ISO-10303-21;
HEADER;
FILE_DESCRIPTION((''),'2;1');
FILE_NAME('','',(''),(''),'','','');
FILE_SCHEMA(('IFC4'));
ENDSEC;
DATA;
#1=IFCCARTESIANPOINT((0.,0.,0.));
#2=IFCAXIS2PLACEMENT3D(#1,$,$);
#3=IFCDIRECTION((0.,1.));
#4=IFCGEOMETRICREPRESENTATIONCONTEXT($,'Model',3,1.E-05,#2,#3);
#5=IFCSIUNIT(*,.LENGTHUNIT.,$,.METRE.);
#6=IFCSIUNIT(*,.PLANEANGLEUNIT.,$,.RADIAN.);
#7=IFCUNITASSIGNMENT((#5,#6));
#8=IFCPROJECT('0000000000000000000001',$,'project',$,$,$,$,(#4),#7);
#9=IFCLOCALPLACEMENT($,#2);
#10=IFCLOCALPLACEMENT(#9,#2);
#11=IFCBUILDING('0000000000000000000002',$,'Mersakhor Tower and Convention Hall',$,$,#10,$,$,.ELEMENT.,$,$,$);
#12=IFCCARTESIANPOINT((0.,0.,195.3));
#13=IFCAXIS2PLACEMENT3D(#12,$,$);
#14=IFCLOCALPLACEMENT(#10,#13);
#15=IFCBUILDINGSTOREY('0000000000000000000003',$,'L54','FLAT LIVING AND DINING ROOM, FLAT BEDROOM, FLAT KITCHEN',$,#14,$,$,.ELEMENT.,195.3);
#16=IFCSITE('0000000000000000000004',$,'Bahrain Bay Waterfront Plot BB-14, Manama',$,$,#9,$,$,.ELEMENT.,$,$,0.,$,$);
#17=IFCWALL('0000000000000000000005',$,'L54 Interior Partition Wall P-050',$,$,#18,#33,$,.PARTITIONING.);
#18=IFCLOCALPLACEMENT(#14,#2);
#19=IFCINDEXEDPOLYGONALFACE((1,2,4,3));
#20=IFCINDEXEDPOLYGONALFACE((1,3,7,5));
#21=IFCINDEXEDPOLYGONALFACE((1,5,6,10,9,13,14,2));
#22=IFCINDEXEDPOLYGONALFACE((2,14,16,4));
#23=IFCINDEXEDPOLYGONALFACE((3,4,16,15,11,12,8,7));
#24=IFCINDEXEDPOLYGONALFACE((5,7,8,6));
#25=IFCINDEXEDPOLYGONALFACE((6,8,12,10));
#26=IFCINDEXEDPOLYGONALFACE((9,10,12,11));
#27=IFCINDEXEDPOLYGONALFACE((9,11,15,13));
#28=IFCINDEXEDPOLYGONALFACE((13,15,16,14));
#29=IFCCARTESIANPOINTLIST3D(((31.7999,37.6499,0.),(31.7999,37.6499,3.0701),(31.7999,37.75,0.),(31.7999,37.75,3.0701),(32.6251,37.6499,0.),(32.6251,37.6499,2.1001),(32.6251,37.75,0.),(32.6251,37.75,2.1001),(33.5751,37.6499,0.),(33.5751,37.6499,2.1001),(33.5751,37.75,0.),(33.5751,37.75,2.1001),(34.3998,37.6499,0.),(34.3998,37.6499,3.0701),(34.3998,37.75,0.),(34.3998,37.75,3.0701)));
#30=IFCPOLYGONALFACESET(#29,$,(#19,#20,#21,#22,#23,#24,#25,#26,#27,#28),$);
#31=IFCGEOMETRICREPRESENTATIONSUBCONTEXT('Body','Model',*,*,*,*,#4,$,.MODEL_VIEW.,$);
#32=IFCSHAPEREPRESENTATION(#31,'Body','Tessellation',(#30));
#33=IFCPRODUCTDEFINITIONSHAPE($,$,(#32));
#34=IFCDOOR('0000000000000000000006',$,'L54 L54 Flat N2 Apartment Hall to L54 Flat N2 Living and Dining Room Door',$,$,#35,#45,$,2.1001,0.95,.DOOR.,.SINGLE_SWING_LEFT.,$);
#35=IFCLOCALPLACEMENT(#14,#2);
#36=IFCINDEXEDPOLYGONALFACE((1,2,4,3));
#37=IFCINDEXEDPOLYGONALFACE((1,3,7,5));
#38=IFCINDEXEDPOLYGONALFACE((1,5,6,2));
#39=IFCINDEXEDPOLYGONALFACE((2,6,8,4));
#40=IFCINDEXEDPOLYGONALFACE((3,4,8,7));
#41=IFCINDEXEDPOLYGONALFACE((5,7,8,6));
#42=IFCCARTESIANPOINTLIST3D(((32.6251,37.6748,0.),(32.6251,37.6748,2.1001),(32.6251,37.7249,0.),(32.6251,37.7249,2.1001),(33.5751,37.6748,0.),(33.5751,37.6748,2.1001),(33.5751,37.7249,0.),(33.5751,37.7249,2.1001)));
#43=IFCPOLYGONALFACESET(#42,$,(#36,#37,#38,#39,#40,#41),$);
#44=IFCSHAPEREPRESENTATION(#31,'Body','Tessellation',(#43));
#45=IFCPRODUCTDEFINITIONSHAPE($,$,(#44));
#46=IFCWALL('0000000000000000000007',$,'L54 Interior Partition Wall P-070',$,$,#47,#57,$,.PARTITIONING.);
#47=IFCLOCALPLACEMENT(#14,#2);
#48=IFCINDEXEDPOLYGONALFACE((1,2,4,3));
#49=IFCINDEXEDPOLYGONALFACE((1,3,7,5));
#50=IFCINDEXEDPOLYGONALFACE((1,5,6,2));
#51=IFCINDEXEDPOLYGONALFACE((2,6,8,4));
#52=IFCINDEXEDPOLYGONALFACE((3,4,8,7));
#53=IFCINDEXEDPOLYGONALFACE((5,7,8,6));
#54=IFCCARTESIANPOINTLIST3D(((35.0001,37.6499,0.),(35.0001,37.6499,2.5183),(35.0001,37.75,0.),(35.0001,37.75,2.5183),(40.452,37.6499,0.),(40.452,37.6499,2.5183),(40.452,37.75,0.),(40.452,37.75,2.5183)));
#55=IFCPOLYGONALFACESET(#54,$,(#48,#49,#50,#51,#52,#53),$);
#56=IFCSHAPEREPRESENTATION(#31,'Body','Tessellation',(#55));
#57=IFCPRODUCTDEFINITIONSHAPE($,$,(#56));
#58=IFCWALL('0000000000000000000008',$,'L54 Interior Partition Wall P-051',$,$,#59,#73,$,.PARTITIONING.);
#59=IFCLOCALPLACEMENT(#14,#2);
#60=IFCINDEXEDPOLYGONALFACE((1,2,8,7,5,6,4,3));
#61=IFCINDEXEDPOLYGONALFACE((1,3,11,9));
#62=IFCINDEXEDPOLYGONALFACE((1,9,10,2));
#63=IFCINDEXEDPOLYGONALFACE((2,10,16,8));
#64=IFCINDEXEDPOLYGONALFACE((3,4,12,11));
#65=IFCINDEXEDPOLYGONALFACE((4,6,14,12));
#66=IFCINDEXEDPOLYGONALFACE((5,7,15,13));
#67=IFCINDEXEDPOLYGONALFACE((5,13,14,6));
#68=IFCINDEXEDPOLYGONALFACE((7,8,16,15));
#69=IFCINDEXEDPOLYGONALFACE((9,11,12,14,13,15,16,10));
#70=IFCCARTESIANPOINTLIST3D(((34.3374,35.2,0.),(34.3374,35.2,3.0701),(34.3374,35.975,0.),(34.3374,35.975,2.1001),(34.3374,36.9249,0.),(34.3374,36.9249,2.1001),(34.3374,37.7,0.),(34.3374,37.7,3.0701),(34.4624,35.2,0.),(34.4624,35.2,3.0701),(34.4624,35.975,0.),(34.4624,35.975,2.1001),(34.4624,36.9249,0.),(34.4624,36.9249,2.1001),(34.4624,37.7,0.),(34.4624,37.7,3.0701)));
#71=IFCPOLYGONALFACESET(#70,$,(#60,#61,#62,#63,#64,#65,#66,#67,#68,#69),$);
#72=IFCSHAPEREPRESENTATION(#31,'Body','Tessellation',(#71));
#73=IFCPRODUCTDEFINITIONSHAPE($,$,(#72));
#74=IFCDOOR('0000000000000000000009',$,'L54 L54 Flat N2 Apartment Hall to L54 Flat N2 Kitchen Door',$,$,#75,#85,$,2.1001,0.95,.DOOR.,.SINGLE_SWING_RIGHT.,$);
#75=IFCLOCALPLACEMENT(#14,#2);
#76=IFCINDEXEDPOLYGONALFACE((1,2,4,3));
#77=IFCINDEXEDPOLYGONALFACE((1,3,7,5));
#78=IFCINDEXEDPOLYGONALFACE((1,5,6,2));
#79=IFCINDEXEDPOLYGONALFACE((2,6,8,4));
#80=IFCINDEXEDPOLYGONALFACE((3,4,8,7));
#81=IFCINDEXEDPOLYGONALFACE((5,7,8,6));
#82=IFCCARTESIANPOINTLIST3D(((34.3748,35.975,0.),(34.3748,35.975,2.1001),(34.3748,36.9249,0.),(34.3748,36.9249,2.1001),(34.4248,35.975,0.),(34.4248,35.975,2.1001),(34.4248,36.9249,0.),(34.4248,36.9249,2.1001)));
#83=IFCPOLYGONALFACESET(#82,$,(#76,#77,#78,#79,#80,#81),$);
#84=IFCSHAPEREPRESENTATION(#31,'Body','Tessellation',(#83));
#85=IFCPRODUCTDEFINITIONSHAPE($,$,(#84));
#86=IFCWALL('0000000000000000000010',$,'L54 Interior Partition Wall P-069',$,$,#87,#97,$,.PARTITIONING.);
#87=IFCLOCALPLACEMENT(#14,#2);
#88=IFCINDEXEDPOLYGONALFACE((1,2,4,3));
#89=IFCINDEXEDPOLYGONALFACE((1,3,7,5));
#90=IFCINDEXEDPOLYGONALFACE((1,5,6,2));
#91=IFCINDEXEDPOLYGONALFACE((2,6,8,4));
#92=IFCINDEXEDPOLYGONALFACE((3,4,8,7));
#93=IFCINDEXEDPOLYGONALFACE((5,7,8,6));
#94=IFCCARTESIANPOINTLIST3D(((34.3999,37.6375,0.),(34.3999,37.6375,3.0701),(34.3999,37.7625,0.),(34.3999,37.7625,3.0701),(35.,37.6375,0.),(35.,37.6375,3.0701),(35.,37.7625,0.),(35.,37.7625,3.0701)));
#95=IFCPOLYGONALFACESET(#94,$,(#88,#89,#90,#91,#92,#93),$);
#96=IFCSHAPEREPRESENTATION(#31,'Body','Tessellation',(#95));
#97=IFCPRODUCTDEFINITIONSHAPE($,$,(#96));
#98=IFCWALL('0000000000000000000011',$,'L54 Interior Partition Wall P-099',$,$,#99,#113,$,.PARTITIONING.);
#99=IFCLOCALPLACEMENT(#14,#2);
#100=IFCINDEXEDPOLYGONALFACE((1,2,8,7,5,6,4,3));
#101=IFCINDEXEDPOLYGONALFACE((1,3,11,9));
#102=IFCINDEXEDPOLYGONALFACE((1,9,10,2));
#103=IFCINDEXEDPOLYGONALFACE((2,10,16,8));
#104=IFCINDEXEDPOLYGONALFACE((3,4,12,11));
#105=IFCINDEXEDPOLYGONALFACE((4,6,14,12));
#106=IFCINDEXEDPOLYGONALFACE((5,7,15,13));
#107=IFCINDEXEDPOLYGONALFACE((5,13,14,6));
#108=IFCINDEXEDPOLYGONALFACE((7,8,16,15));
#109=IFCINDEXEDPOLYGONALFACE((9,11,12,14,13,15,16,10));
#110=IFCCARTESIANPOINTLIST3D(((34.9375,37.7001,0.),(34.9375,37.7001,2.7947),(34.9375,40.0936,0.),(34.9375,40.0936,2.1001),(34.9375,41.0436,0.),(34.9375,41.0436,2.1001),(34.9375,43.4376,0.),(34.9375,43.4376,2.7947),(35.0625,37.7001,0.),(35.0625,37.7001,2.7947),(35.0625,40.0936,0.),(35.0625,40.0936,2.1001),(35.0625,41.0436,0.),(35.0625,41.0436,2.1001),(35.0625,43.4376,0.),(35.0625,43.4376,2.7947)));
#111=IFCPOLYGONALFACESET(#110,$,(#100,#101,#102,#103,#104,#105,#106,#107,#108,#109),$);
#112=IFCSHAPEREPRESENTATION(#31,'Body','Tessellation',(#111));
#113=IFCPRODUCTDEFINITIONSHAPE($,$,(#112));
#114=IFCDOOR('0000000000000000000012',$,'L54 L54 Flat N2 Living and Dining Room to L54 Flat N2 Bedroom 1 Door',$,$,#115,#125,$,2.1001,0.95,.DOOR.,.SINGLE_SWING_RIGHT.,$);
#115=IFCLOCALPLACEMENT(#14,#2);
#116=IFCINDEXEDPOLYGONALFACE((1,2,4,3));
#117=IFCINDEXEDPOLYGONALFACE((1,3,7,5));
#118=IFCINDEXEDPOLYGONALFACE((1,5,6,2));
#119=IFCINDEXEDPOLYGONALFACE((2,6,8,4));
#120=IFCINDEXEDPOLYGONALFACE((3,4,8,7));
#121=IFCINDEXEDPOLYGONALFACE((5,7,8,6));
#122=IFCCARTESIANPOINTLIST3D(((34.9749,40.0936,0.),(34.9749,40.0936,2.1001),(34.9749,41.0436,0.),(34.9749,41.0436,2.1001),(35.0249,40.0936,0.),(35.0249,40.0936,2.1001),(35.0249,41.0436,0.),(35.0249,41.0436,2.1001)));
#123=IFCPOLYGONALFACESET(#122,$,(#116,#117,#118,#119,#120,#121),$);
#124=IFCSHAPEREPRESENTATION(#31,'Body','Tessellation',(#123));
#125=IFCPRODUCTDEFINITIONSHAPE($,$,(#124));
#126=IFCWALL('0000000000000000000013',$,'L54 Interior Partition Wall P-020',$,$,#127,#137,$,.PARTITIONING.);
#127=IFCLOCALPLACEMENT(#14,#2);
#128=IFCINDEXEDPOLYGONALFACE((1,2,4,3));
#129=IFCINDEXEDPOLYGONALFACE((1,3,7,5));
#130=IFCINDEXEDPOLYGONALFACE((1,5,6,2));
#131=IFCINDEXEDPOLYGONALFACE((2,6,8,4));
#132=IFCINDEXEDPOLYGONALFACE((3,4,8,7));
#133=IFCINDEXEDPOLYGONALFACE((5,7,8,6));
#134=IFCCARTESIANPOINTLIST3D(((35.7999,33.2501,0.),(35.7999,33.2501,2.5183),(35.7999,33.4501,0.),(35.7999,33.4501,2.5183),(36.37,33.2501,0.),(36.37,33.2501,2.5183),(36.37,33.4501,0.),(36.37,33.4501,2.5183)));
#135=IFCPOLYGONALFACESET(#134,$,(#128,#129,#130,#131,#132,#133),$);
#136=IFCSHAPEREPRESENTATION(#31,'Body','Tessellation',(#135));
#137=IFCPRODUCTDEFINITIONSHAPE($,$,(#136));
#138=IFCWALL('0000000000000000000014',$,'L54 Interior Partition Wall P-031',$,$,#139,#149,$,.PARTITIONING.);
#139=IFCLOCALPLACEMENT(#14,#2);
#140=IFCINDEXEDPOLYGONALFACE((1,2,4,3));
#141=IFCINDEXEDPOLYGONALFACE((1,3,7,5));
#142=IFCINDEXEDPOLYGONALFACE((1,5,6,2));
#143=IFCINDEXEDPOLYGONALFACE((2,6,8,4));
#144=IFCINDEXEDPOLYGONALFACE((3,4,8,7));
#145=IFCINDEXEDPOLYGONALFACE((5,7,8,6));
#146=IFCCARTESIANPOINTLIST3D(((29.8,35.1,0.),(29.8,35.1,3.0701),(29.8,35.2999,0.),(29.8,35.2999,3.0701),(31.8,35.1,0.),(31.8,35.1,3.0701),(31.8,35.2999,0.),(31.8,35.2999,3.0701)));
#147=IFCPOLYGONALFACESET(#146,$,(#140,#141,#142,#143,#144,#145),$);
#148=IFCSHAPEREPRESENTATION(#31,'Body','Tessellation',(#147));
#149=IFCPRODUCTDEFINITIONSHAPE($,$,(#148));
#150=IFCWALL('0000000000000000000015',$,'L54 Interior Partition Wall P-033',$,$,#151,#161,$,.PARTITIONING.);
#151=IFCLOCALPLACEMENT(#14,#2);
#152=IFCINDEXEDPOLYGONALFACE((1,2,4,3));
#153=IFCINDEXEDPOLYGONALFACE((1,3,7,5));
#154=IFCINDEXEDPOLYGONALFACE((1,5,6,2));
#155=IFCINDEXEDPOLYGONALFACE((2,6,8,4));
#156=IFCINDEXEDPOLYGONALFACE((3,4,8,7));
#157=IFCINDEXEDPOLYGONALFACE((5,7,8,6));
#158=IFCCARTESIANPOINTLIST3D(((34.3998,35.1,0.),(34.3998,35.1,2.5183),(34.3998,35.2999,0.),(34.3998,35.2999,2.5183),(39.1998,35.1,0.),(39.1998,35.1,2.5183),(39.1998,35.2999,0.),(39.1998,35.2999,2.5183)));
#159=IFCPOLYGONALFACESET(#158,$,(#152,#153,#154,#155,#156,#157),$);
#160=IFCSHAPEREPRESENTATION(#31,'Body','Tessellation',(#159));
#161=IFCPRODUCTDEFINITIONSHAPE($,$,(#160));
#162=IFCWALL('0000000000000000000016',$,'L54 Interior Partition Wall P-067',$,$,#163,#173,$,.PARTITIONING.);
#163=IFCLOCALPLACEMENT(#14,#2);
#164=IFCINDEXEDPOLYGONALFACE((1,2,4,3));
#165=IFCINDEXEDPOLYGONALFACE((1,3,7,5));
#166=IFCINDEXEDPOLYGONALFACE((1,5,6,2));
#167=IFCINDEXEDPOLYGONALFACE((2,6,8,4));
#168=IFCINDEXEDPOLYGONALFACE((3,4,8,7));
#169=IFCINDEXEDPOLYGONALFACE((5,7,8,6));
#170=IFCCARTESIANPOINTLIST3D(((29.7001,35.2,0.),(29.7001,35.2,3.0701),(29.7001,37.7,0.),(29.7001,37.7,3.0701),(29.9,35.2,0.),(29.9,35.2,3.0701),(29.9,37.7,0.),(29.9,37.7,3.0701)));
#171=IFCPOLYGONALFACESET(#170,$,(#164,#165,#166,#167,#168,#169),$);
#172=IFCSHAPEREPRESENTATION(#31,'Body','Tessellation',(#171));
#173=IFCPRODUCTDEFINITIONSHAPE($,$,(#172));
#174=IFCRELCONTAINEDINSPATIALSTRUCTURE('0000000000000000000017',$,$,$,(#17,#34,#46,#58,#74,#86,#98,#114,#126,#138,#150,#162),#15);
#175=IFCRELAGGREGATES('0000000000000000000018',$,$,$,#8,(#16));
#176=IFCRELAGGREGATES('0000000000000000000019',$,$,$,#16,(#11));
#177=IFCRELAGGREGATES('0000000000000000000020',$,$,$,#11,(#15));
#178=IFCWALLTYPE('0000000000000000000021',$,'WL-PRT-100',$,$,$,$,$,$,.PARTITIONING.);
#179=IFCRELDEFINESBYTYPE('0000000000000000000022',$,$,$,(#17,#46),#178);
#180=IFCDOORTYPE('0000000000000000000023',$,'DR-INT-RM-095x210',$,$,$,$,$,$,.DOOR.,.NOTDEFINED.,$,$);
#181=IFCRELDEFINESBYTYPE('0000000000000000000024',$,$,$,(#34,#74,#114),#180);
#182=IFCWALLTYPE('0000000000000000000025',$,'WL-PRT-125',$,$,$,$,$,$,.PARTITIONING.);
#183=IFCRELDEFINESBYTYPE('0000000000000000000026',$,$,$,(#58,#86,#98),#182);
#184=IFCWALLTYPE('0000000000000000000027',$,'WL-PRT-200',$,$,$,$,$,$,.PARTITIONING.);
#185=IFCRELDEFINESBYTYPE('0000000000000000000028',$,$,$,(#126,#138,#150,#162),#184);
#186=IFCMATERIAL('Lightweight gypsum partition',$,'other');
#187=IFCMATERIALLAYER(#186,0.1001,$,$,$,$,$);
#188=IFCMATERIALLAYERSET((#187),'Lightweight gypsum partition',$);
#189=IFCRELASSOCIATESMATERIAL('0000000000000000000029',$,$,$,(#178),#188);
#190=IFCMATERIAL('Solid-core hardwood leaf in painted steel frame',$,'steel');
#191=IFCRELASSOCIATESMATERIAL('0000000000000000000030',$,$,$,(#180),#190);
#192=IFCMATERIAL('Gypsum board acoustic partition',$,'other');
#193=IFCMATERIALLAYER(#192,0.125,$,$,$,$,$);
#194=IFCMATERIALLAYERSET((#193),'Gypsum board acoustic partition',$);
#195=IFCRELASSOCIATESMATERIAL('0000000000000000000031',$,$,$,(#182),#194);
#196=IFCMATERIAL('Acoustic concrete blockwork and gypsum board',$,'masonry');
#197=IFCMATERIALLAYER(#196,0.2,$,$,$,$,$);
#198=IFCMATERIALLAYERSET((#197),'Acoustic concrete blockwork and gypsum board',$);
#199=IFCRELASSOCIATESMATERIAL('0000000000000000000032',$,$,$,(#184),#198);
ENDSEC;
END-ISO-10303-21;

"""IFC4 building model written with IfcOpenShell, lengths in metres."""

from ifc_helpers import new_model, si_unit, direction, frame, frame_2d, origin, place, context, subcontext, project, spatial, rectangle, extrude, material, layer, layer_set, type_object, element, fill, save


model = new_model("IFC4")

# Units and contexts
model_context = context("Model", 3, precision=1e-05, world=origin(), true_north=direction((0.0, 1.0)))
body_context = subcontext(model_context, "Body", "Model", "MODEL_VIEW")
ifc_project = project(units=[si_unit("LENGTHUNIT", "METRE"), si_unit("PLANEANGLEUNIT", "RADIAN")], contexts=[model_context])

# Site, building, storey
site_placement = place(None, origin())
site = spatial("IfcSite", under=ifc_project, at=site_placement, Name="Bahrain Bay Waterfront Plot BB-14, Manama", CompositionType="ELEMENT", RefElevation=0.0)
building_placement = place(site_placement, origin())
building = spatial("IfcBuilding", under=site, at=building_placement, Name="Mersakhor Tower and Convention Hall", CompositionType="ELEMENT")
storey_placement = place(building_placement, frame((0.0, 0.0, 195.3)))
storey = spatial("IfcBuildingStorey", under=building, at=storey_placement, Name="L54", Description="FLAT LIVING AND DINING ROOM, FLAT BEDROOM, FLAT KITCHEN", CompositionType="ELEMENT", Elevation=195.3)

# Wall, opening, door
ifc_material_1 = material(Name="Lightweight gypsum partition", Category="other")
ifc_layer_1 = layer(ifc_material_1, 0.1001)
ifc_layer_set_1 = layer_set([ifc_layer_1], Name="Lightweight gypsum partition")
wall_type_1 = type_object("IfcWallType", Name="WL-PRT-100", PredefinedType="PARTITIONING", material=ifc_layer_set_1)
wall_1_placement = place(storey_placement, frame((31.8, 37.7, 0.0), z_axis=(0.0, 0.0, 1.0), x_axis=(1.0, 0.0, 0.0)))
wall_1 = element("IfcWall", 1, at=wall_1_placement, inside=storey, type_object=wall_type_1, Name="L54 Interior Partition Wall P-050", PredefinedType="PARTITIONING", context=body_context, shape_type="SweptSolid", body=[
    extrude(rectangle(XDim=2.5999, YDim=0.1001, at=frame_2d((1.2998, 0.0))), origin(), (0.0, 0.0, 1.0), 3.0701),
])
opening_1_placement = place(wall_1_placement, frame((0.825, 0.0, 0.0)))
opening_1 = element("IfcOpeningElement", 2, at=opening_1_placement, cuts=wall_1, PredefinedType="OPENING", context=body_context, shape_type="SweptSolid", body=[
    extrude(rectangle(XDim=0.95, YDim=2.1001, at=frame_2d((0.4751, 1.05))), frame((0.0, 0.0601, 0.0), z_axis=(0.0, -1.0, 0.0), x_axis=(1.0, 0.0, 0.0)), (0.0, 0.0, 1.0), 0.1201),
])
ifc_material_2 = material(Name="Solid-core hardwood leaf in painted steel frame", Category="steel")
door_type_1 = type_object("IfcDoorType", Name="DR-INT-RM-095x210", OperationType="NOTDEFINED", PredefinedType="DOOR", material=ifc_material_2)
door_1_placement = place(opening_1_placement, origin())
door_1 = element("IfcDoor", 3, at=door_1_placement, inside=storey, type_object=door_type_1, Name="L54 L54 Flat N2 Apartment Hall to L54 Flat N2 Living and Dining Room Door", OperationType="SINGLE_SWING_LEFT", OverallHeight=2.1001, OverallWidth=0.95, PredefinedType="DOOR", context=body_context, shape_type="SweptSolid", body=[
    extrude(rectangle(XDim=0.95, YDim=2.1001, at=frame_2d((0.4751, 1.05))), frame((0.0, 0.0249, 0.0), z_axis=(0.0, -1.0, 0.0), x_axis=(1.0, 0.0, 0.0)), (0.0, 0.0, 1.0), 0.05),
])
fill(opening_1, door_1)

# Wall
wall_2_placement = place(storey_placement, frame((35.0, 37.7, 0.0), z_axis=(0.0, 0.0, 1.0), x_axis=(1.0, 0.0, 0.0)))
element("IfcWall", 4, at=wall_2_placement, inside=storey, type_object=wall_type_1, Name="L54 Interior Partition Wall P-070", PredefinedType="PARTITIONING", context=body_context, shape_type="SweptSolid", body=[
    extrude(rectangle(XDim=5.4519, YDim=0.1001, at=frame_2d((2.7261, 0.0))), origin(), (0.0, 0.0, 1.0), 2.5183),
])

# Wall, opening, door
ifc_material_3 = material(Name="Gypsum board acoustic partition", Category="other")
ifc_layer_2 = layer(ifc_material_3, 0.125)
ifc_layer_set_2 = layer_set([ifc_layer_2], Name="Gypsum board acoustic partition")
wall_type_2 = type_object("IfcWallType", Name="WL-PRT-125", PredefinedType="PARTITIONING", material=ifc_layer_set_2)
wall_3_placement = place(storey_placement, frame((34.3999, 37.7, 0.0), z_axis=(0.0, 0.0, 1.0), x_axis=(0.0, -1.0, 0.0)))
wall_3 = element("IfcWall", 5, at=wall_3_placement, inside=storey, type_object=wall_type_2, Name="L54 Interior Partition Wall P-051", PredefinedType="PARTITIONING", context=body_context, shape_type="SweptSolid", body=[
    extrude(rectangle(XDim=2.5, YDim=0.125, at=frame_2d((1.25, 0.0))), origin(), (0.0, 0.0, 1.0), 3.0701),
])
opening_2_placement = place(wall_3_placement, frame((0.7749, 0.0, 0.0)))
opening_2 = element("IfcOpeningElement", 6, at=opening_2_placement, cuts=wall_3, PredefinedType="OPENING", context=body_context, shape_type="SweptSolid", body=[
    extrude(rectangle(XDim=0.95, YDim=2.1001, at=frame_2d((0.4751, 1.05))), frame((0.0, 0.0725, 0.0), z_axis=(0.0, -1.0, 0.0), x_axis=(1.0, 0.0, 0.0)), (0.0, 0.0, 1.0), 0.145),
])
door_2_placement = place(opening_2_placement, origin())
door_2 = element("IfcDoor", 7, at=door_2_placement, inside=storey, type_object=door_type_1, Name="L54 L54 Flat N2 Apartment Hall to L54 Flat N2 Kitchen Door", OperationType="SINGLE_SWING_RIGHT", OverallHeight=2.1001, OverallWidth=0.95, PredefinedType="DOOR", context=body_context, shape_type="SweptSolid", body=[
    extrude(rectangle(XDim=0.95, YDim=2.1001, at=frame_2d((0.4751, 1.05))), frame((0.0, 0.0249, 0.0), z_axis=(0.0, -1.0, 0.0), x_axis=(1.0, 0.0, 0.0)), (0.0, 0.0, 1.0), 0.05),
])
fill(opening_2, door_2)

# Wall
wall_4_placement = place(storey_placement, frame((34.3999, 37.7, 0.0), z_axis=(0.0, 0.0, 1.0), x_axis=(1.0, 0.0, 0.0)))
element("IfcWall", 8, at=wall_4_placement, inside=storey, type_object=wall_type_2, Name="L54 Interior Partition Wall P-069", PredefinedType="PARTITIONING", context=body_context, shape_type="SweptSolid", body=[
    extrude(rectangle(XDim=0.6001, YDim=0.125, at=frame_2d((0.3, 0.0))), origin(), (0.0, 0.0, 1.0), 3.0701),
])

# Wall, opening, door
wall_5_placement = place(storey_placement, frame((35.0, 43.4375, 0.0), z_axis=(0.0, 0.0, 1.0), x_axis=(0.0, -1.0, 0.0)))
wall_5 = element("IfcWall", 9, at=wall_5_placement, inside=storey, type_object=wall_type_2, Name="L54 Interior Partition Wall P-099", PredefinedType="PARTITIONING", context=body_context, shape_type="SweptSolid", body=[
    extrude(rectangle(XDim=5.7375, YDim=0.125, at=frame_2d((2.8687, 0.0))), origin(), (0.0, 0.0, 1.0), 2.7947),
])
opening_3_placement = place(wall_5_placement, frame((2.3938, 0.0, 0.0)))
opening_3 = element("IfcOpeningElement", 10, at=opening_3_placement, cuts=wall_5, PredefinedType="OPENING", context=body_context, shape_type="SweptSolid", body=[
    extrude(rectangle(XDim=0.95, YDim=2.1001, at=frame_2d((0.4751, 1.05))), frame((0.0, 0.0725, 0.0), z_axis=(0.0, -1.0, 0.0), x_axis=(1.0, 0.0, 0.0)), (0.0, 0.0, 1.0), 0.145),
])
door_3_placement = place(opening_3_placement, origin())
door_3 = element("IfcDoor", 11, at=door_3_placement, inside=storey, type_object=door_type_1, Name="L54 L54 Flat N2 Living and Dining Room to L54 Flat N2 Bedroom 1 Door", OperationType="SINGLE_SWING_RIGHT", OverallHeight=2.1001, OverallWidth=0.95, PredefinedType="DOOR", context=body_context, shape_type="SweptSolid", body=[
    extrude(rectangle(XDim=0.95, YDim=2.1001, at=frame_2d((0.4751, 1.05))), frame((0.0, 0.0249, 0.0), z_axis=(0.0, -1.0, 0.0), x_axis=(1.0, 0.0, 0.0)), (0.0, 0.0, 1.0), 0.05),
])
fill(opening_3, door_3)

# Walls
ifc_material_4 = material(Name="Acoustic concrete blockwork and gypsum board", Category="masonry")
ifc_layer_3 = layer(ifc_material_4, 0.2)
ifc_layer_set_3 = layer_set([ifc_layer_3], Name="Acoustic concrete blockwork and gypsum board")
wall_type_3 = type_object("IfcWallType", Name="WL-PRT-200", PredefinedType="PARTITIONING", material=ifc_layer_set_3)
wall_6_placement = place(storey_placement, frame((36.3701, 33.3501, 0.0), z_axis=(0.0, 0.0, 1.0), x_axis=(-1.0, 0.0, 0.0)))
element("IfcWall", 12, at=wall_6_placement, inside=storey, type_object=wall_type_3, Name="L54 Interior Partition Wall P-020", PredefinedType="PARTITIONING", context=body_context, shape_type="SweptSolid", body=[
    extrude(rectangle(XDim=0.5701, YDim=0.2, at=frame_2d((0.2852, 0.0))), origin(), (0.0, 0.0, 1.0), 2.5183),
])
wall_7_placement = place(storey_placement, frame((29.8, 35.2, 0.0), z_axis=(0.0, 0.0, 1.0), x_axis=(1.0, 0.0, 0.0)))
element("IfcWall", 13, at=wall_7_placement, inside=storey, type_object=wall_type_3, Name="L54 Interior Partition Wall P-031", PredefinedType="PARTITIONING", context=body_context, shape_type="SweptSolid", body=[
    extrude(rectangle(XDim=2.0, YDim=0.2, at=frame_2d((1.0, 0.0))), origin(), (0.0, 0.0, 1.0), 3.0701),
])

# Walls
wall_8_placement = place(storey_placement, frame((34.3999, 35.2, 0.0), z_axis=(0.0, 0.0, 1.0), x_axis=(1.0, 0.0, 0.0)))
element("IfcWall", 14, at=wall_8_placement, inside=storey, type_object=wall_type_3, Name="L54 Interior Partition Wall P-033", PredefinedType="PARTITIONING", context=body_context, shape_type="SweptSolid", body=[
    extrude(rectangle(XDim=4.8, YDim=0.2, at=frame_2d((2.3999, 0.0))), origin(), (0.0, 0.0, 1.0), 2.5183),
])
wall_9_placement = place(storey_placement, frame((29.8, 35.2, 0.0), z_axis=(0.0, 0.0, 1.0), x_axis=(0.0, 1.0, 0.0)))
element("IfcWall", 15, at=wall_9_placement, inside=storey, type_object=wall_type_3, Name="L54 Interior Partition Wall P-067", PredefinedType="PARTITIONING", context=body_context, shape_type="SweptSolid", body=[
    extrude(rectangle(XDim=2.5, YDim=0.2, at=frame_2d((1.25, 0.0))), origin(), (0.0, 0.0, 1.0), 3.0701),
])

save(model, "model.ifc")
